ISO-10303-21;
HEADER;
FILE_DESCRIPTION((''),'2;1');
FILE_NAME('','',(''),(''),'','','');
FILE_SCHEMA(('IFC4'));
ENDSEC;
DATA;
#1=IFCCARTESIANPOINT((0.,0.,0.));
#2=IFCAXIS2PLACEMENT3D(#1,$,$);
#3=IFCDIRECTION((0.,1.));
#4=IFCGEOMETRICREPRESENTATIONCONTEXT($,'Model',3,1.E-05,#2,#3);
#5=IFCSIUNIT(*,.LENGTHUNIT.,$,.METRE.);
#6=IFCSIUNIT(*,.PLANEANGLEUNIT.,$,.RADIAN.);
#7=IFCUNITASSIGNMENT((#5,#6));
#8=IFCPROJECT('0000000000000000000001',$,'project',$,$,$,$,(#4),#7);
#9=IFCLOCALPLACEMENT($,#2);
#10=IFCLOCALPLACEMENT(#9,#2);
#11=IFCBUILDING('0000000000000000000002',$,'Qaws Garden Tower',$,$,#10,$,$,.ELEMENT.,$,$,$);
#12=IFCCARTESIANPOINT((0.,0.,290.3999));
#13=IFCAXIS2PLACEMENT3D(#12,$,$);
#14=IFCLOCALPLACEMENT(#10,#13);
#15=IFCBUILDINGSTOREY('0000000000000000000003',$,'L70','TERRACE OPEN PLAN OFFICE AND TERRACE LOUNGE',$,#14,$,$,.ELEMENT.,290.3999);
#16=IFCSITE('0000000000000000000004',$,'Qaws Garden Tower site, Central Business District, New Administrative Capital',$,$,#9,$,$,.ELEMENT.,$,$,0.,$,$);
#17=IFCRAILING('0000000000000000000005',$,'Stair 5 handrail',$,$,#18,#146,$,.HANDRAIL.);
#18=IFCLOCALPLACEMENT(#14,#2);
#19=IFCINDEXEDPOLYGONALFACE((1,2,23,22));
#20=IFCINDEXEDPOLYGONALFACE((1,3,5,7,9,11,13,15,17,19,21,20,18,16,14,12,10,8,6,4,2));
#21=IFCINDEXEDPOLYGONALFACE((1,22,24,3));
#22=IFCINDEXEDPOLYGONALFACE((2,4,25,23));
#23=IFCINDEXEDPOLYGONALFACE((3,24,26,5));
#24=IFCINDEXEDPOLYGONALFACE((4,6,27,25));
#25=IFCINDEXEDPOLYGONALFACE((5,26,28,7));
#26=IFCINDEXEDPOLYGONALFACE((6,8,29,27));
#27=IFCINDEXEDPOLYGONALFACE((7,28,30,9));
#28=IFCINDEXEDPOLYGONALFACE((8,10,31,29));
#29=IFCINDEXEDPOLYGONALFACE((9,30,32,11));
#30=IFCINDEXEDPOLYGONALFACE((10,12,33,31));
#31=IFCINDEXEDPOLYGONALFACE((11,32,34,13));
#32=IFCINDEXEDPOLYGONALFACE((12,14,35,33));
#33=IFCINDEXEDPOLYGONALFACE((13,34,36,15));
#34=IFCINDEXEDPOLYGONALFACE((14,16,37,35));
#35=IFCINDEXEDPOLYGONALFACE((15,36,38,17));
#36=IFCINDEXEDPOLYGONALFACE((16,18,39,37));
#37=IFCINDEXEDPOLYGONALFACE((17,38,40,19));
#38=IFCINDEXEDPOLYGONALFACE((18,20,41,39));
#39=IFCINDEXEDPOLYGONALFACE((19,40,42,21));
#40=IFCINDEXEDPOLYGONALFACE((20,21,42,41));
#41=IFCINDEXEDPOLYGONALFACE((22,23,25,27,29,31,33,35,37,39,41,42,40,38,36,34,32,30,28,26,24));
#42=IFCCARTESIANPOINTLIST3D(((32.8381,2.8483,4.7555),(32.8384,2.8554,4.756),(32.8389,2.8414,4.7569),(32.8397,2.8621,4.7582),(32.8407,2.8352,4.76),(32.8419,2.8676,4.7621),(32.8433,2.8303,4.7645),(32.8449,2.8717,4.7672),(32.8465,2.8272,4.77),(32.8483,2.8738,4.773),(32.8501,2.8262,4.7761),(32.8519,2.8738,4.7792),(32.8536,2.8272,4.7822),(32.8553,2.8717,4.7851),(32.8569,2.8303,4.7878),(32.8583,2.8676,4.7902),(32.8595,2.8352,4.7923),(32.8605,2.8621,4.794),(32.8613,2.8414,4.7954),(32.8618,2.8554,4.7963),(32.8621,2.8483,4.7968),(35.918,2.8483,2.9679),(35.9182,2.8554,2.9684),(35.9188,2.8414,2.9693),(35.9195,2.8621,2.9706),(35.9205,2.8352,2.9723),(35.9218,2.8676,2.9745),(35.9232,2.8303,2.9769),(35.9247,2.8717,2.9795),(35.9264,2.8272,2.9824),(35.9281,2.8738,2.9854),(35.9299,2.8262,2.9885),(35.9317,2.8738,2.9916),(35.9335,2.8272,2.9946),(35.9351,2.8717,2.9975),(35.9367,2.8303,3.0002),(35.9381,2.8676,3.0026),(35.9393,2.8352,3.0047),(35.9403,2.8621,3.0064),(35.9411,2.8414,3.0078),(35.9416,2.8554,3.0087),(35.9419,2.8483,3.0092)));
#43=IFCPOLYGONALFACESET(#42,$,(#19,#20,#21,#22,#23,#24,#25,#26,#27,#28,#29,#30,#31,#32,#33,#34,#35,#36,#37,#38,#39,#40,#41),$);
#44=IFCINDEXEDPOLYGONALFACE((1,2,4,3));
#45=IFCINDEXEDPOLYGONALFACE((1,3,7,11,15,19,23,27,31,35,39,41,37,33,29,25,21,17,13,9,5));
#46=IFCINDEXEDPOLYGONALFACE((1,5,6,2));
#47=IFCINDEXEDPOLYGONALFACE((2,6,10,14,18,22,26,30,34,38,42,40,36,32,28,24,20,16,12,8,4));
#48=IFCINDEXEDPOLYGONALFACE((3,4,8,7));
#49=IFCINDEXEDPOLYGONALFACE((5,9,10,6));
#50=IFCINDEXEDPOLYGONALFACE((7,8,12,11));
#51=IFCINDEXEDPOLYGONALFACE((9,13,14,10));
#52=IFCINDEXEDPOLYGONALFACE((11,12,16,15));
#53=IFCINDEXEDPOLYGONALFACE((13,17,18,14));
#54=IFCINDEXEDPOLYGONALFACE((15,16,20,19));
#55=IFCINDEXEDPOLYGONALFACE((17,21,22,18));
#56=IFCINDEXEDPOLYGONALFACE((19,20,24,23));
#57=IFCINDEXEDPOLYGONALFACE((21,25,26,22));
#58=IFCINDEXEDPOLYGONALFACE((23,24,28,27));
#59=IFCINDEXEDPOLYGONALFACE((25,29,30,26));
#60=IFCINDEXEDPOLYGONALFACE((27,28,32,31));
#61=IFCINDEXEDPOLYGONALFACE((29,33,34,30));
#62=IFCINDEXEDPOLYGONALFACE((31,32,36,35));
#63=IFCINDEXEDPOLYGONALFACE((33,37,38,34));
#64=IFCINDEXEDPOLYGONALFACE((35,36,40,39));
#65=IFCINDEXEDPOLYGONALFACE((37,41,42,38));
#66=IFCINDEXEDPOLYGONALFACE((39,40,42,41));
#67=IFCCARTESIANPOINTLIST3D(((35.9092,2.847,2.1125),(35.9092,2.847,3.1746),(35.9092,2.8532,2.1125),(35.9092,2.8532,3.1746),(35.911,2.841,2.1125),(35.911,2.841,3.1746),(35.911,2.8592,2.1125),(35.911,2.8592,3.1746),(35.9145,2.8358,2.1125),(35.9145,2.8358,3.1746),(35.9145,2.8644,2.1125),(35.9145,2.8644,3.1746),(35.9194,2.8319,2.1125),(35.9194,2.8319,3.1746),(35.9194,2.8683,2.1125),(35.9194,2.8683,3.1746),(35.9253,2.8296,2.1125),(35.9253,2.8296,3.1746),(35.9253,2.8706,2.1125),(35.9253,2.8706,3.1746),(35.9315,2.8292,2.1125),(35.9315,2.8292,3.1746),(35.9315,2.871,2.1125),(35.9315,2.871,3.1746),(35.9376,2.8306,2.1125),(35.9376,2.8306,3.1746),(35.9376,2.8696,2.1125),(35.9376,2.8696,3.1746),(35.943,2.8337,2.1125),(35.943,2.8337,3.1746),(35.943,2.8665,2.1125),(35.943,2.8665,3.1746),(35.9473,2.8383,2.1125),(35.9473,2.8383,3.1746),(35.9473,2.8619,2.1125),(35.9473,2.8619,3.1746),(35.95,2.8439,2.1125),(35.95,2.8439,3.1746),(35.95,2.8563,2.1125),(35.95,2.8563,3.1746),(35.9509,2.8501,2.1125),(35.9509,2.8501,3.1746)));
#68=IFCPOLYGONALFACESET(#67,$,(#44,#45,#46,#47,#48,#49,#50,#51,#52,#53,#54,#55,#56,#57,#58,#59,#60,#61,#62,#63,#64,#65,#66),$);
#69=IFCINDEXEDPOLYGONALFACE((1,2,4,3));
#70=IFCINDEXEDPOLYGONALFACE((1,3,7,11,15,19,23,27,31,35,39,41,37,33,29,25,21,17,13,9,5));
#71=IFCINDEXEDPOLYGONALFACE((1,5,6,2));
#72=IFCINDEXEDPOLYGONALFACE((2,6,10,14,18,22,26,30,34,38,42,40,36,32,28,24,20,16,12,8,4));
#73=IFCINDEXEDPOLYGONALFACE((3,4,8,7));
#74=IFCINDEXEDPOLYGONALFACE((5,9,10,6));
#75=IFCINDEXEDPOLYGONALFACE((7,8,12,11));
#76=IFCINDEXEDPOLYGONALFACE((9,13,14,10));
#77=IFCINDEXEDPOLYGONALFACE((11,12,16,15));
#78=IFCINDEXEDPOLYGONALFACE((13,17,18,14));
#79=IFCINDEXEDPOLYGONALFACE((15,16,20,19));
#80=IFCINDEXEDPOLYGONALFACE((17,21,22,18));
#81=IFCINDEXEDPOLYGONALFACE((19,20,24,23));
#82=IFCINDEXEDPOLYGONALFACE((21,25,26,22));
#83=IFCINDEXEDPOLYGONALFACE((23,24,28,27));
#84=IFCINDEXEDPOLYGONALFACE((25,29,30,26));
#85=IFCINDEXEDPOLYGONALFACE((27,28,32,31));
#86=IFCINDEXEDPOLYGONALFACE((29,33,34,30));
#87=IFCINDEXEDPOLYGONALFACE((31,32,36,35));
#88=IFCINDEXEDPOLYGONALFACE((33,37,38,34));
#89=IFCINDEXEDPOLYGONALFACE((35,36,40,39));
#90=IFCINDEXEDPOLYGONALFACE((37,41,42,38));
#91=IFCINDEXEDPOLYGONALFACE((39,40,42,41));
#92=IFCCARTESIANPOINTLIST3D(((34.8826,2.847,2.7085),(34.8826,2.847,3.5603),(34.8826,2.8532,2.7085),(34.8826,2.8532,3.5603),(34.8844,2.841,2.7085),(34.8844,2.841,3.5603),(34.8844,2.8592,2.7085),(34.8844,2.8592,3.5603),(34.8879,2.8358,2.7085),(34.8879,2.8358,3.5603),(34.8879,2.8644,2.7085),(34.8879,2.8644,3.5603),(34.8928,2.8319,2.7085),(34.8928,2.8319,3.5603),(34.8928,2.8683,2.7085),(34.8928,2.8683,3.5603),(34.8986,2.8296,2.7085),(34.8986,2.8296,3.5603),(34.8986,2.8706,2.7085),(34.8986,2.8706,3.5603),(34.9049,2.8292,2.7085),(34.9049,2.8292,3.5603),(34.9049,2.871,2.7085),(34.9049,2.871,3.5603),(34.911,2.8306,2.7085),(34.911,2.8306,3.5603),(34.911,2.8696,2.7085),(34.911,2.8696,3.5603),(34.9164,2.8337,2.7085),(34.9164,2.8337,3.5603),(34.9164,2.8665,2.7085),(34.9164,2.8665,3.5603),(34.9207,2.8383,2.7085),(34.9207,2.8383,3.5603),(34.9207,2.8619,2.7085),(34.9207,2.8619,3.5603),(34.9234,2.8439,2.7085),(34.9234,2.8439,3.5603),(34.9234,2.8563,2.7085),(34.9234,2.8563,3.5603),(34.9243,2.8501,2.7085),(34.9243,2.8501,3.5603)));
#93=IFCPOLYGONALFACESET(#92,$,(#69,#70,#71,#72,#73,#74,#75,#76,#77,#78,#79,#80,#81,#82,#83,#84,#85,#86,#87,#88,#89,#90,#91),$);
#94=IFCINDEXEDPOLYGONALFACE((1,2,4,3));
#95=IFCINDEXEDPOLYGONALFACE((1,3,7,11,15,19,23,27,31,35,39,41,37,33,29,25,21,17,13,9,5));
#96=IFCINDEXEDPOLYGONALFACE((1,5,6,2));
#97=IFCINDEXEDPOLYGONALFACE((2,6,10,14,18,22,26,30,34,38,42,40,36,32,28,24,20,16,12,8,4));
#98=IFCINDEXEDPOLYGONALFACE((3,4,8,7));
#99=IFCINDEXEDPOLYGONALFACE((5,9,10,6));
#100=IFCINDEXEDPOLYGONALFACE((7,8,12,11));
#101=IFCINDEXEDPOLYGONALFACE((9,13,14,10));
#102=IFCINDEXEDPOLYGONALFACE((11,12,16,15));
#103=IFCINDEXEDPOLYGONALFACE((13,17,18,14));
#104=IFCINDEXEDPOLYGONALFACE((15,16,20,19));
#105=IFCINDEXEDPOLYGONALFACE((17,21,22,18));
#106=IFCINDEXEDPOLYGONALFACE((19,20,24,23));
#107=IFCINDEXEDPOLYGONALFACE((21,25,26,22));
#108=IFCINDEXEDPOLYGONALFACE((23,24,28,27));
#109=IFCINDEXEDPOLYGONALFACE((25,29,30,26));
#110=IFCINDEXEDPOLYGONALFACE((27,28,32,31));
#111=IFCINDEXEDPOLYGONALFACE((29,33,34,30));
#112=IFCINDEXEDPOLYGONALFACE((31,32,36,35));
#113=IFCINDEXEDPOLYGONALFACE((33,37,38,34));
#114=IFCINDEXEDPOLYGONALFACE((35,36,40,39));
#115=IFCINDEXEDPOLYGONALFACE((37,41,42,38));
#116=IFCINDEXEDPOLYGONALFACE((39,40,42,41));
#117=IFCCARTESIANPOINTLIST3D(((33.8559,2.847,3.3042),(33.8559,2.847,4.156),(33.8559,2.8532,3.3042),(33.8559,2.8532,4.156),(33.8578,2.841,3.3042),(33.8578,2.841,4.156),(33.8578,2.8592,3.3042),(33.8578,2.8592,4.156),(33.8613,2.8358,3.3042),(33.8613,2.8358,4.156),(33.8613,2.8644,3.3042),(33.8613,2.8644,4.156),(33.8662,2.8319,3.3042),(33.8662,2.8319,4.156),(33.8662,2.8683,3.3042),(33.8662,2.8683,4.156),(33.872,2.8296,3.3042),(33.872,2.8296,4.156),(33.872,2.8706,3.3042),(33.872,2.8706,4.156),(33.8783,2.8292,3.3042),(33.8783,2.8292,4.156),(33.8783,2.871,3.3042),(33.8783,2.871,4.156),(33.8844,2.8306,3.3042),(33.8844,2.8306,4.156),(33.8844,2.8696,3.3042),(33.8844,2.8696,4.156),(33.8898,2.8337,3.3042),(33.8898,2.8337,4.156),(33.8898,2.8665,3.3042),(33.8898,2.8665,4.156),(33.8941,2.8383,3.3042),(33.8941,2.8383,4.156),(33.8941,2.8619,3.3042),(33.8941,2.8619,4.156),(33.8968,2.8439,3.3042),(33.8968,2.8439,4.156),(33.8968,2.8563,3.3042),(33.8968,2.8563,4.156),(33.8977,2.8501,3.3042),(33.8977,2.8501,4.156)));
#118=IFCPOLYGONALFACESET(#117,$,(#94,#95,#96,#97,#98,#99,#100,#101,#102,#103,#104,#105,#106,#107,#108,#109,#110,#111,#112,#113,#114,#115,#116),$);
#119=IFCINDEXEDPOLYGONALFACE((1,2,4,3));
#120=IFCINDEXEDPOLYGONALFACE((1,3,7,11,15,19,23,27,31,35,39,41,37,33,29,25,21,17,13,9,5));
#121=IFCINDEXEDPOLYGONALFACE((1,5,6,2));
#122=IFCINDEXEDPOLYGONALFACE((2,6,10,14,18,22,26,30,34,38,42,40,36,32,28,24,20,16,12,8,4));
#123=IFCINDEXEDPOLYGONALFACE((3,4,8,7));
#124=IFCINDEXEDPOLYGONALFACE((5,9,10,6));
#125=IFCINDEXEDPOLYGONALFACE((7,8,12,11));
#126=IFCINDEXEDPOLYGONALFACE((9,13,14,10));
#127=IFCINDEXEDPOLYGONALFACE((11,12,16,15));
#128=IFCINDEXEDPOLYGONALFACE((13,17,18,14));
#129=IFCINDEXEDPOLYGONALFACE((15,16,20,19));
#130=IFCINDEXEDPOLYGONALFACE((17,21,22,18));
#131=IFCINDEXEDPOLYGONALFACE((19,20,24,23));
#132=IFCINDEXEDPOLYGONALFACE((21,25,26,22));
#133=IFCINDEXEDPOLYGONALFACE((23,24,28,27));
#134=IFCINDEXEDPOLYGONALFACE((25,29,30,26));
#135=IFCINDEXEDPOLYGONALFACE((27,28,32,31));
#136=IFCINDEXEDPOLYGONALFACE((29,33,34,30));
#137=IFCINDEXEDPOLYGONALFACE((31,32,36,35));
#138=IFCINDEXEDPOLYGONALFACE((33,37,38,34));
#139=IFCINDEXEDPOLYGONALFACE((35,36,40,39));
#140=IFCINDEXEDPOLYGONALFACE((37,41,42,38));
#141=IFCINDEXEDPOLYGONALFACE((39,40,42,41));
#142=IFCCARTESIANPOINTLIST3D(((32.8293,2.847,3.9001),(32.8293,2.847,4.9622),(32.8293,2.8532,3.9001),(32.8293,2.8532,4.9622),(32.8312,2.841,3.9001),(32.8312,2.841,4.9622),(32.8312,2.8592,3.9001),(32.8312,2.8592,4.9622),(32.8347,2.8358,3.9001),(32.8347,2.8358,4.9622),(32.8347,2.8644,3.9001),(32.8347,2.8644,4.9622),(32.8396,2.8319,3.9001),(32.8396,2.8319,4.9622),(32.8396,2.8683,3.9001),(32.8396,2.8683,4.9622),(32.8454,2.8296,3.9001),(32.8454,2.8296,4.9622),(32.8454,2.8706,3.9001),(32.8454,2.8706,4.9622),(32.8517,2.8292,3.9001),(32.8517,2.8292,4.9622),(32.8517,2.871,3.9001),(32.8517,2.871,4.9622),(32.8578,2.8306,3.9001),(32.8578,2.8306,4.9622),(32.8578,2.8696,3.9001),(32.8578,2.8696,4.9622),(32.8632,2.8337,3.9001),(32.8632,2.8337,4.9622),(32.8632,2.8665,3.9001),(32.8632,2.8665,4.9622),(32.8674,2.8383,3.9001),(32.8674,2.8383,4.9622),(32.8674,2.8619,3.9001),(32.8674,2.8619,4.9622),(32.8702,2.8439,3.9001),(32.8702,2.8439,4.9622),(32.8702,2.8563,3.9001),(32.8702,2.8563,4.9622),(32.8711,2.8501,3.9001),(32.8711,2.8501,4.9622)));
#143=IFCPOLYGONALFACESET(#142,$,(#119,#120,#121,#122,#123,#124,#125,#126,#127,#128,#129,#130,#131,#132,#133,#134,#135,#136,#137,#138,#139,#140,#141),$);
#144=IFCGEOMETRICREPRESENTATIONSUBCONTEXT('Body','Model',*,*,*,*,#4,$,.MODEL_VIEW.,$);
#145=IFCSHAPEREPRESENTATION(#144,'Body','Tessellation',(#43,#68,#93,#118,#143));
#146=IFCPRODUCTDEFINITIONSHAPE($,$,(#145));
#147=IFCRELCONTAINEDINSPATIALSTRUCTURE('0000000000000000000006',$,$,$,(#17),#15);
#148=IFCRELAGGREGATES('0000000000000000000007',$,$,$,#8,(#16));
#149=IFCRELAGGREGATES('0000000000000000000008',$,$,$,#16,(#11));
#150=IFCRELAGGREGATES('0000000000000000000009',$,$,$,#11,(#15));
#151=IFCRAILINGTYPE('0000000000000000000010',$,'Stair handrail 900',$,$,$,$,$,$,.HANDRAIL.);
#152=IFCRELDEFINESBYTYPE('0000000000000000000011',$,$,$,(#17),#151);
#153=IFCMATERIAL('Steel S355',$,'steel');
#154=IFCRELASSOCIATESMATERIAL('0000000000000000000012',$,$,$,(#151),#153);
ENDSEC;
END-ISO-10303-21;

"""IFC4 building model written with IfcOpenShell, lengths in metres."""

from ifc_helpers import new_model, si_unit, direction, frame, origin, origin_2d, place, context, subcontext, project, spatial, circle, extrude, material, type_object, element, save


model = new_model("IFC4")

# Units and contexts
model_context = context("Model", 3, precision=1e-05, world=origin(), true_north=direction((0.0, 1.0)))
body_context = subcontext(model_context, "Body", "Model", "MODEL_VIEW")
ifc_project = project(units=[si_unit("LENGTHUNIT", "METRE"), si_unit("PLANEANGLEUNIT", "RADIAN")], contexts=[model_context])

# Site, building, storey
site_placement = place(None, origin())
site = spatial("IfcSite", under=ifc_project, at=site_placement, Name="Qaws Garden Tower site, Central Business District, New Administrative Capital", CompositionType="ELEMENT", RefElevation=0.0)
building_placement = place(site_placement, origin())
building = spatial("IfcBuilding", under=site, at=building_placement, Name="Qaws Garden Tower", CompositionType="ELEMENT")
storey_placement = place(building_placement, frame((0.0, 0.0, 290.3999)))
storey = spatial("IfcBuildingStorey", under=building, at=storey_placement, Name="L70", Description="TERRACE OPEN PLAN OFFICE AND TERRACE LOUNGE", CompositionType="ELEMENT", Elevation=290.3999)

# Railing
ifc_material_1 = material(Name="Steel S355", Category="steel")
railing_type = type_object("IfcRailingType", Name="Stair handrail 900", PredefinedType="HANDRAIL", material=ifc_material_1)
railing_1_placement = place(storey_placement, frame((35.9299, 2.8501, 2.1125)))
element("IfcRailing", 1, at=railing_1_placement, inside=storey, type_object=railing_type, Name="Stair 5 handrail", PredefinedType="HANDRAIL", context=body_context, shape_type="SweptSolid", body=[
    extrude(circle(Radius=0.0239, at=origin_2d()), frame((0.0, 0.0, 0.876), z_axis=(-0.864873, 0.0, 0.50199), x_axis=(0.0, -1.0, 0.0)), (0.0, 0.0, 1.0), 3.561),
    extrude(circle(Radius=0.021, at=origin_2d()), origin(), (0.0, 0.0, 1.0), 1.062),
    extrude(circle(Radius=0.021, at=origin_2d()), frame((-1.0266, 0.0, 0.5959)), (0.0, 0.0, 1.0), 0.8518),
    extrude(circle(Radius=0.021, at=origin_2d()), frame((-2.0532, 0.0, 1.1917)), (0.0, 0.0, 1.0), 0.8518),
    extrude(circle(Radius=0.021, at=origin_2d()), frame((-3.0798, 0.0, 1.7876)), (0.0, 0.0, 1.0), 1.062),
])

save(model, "model.ifc")
